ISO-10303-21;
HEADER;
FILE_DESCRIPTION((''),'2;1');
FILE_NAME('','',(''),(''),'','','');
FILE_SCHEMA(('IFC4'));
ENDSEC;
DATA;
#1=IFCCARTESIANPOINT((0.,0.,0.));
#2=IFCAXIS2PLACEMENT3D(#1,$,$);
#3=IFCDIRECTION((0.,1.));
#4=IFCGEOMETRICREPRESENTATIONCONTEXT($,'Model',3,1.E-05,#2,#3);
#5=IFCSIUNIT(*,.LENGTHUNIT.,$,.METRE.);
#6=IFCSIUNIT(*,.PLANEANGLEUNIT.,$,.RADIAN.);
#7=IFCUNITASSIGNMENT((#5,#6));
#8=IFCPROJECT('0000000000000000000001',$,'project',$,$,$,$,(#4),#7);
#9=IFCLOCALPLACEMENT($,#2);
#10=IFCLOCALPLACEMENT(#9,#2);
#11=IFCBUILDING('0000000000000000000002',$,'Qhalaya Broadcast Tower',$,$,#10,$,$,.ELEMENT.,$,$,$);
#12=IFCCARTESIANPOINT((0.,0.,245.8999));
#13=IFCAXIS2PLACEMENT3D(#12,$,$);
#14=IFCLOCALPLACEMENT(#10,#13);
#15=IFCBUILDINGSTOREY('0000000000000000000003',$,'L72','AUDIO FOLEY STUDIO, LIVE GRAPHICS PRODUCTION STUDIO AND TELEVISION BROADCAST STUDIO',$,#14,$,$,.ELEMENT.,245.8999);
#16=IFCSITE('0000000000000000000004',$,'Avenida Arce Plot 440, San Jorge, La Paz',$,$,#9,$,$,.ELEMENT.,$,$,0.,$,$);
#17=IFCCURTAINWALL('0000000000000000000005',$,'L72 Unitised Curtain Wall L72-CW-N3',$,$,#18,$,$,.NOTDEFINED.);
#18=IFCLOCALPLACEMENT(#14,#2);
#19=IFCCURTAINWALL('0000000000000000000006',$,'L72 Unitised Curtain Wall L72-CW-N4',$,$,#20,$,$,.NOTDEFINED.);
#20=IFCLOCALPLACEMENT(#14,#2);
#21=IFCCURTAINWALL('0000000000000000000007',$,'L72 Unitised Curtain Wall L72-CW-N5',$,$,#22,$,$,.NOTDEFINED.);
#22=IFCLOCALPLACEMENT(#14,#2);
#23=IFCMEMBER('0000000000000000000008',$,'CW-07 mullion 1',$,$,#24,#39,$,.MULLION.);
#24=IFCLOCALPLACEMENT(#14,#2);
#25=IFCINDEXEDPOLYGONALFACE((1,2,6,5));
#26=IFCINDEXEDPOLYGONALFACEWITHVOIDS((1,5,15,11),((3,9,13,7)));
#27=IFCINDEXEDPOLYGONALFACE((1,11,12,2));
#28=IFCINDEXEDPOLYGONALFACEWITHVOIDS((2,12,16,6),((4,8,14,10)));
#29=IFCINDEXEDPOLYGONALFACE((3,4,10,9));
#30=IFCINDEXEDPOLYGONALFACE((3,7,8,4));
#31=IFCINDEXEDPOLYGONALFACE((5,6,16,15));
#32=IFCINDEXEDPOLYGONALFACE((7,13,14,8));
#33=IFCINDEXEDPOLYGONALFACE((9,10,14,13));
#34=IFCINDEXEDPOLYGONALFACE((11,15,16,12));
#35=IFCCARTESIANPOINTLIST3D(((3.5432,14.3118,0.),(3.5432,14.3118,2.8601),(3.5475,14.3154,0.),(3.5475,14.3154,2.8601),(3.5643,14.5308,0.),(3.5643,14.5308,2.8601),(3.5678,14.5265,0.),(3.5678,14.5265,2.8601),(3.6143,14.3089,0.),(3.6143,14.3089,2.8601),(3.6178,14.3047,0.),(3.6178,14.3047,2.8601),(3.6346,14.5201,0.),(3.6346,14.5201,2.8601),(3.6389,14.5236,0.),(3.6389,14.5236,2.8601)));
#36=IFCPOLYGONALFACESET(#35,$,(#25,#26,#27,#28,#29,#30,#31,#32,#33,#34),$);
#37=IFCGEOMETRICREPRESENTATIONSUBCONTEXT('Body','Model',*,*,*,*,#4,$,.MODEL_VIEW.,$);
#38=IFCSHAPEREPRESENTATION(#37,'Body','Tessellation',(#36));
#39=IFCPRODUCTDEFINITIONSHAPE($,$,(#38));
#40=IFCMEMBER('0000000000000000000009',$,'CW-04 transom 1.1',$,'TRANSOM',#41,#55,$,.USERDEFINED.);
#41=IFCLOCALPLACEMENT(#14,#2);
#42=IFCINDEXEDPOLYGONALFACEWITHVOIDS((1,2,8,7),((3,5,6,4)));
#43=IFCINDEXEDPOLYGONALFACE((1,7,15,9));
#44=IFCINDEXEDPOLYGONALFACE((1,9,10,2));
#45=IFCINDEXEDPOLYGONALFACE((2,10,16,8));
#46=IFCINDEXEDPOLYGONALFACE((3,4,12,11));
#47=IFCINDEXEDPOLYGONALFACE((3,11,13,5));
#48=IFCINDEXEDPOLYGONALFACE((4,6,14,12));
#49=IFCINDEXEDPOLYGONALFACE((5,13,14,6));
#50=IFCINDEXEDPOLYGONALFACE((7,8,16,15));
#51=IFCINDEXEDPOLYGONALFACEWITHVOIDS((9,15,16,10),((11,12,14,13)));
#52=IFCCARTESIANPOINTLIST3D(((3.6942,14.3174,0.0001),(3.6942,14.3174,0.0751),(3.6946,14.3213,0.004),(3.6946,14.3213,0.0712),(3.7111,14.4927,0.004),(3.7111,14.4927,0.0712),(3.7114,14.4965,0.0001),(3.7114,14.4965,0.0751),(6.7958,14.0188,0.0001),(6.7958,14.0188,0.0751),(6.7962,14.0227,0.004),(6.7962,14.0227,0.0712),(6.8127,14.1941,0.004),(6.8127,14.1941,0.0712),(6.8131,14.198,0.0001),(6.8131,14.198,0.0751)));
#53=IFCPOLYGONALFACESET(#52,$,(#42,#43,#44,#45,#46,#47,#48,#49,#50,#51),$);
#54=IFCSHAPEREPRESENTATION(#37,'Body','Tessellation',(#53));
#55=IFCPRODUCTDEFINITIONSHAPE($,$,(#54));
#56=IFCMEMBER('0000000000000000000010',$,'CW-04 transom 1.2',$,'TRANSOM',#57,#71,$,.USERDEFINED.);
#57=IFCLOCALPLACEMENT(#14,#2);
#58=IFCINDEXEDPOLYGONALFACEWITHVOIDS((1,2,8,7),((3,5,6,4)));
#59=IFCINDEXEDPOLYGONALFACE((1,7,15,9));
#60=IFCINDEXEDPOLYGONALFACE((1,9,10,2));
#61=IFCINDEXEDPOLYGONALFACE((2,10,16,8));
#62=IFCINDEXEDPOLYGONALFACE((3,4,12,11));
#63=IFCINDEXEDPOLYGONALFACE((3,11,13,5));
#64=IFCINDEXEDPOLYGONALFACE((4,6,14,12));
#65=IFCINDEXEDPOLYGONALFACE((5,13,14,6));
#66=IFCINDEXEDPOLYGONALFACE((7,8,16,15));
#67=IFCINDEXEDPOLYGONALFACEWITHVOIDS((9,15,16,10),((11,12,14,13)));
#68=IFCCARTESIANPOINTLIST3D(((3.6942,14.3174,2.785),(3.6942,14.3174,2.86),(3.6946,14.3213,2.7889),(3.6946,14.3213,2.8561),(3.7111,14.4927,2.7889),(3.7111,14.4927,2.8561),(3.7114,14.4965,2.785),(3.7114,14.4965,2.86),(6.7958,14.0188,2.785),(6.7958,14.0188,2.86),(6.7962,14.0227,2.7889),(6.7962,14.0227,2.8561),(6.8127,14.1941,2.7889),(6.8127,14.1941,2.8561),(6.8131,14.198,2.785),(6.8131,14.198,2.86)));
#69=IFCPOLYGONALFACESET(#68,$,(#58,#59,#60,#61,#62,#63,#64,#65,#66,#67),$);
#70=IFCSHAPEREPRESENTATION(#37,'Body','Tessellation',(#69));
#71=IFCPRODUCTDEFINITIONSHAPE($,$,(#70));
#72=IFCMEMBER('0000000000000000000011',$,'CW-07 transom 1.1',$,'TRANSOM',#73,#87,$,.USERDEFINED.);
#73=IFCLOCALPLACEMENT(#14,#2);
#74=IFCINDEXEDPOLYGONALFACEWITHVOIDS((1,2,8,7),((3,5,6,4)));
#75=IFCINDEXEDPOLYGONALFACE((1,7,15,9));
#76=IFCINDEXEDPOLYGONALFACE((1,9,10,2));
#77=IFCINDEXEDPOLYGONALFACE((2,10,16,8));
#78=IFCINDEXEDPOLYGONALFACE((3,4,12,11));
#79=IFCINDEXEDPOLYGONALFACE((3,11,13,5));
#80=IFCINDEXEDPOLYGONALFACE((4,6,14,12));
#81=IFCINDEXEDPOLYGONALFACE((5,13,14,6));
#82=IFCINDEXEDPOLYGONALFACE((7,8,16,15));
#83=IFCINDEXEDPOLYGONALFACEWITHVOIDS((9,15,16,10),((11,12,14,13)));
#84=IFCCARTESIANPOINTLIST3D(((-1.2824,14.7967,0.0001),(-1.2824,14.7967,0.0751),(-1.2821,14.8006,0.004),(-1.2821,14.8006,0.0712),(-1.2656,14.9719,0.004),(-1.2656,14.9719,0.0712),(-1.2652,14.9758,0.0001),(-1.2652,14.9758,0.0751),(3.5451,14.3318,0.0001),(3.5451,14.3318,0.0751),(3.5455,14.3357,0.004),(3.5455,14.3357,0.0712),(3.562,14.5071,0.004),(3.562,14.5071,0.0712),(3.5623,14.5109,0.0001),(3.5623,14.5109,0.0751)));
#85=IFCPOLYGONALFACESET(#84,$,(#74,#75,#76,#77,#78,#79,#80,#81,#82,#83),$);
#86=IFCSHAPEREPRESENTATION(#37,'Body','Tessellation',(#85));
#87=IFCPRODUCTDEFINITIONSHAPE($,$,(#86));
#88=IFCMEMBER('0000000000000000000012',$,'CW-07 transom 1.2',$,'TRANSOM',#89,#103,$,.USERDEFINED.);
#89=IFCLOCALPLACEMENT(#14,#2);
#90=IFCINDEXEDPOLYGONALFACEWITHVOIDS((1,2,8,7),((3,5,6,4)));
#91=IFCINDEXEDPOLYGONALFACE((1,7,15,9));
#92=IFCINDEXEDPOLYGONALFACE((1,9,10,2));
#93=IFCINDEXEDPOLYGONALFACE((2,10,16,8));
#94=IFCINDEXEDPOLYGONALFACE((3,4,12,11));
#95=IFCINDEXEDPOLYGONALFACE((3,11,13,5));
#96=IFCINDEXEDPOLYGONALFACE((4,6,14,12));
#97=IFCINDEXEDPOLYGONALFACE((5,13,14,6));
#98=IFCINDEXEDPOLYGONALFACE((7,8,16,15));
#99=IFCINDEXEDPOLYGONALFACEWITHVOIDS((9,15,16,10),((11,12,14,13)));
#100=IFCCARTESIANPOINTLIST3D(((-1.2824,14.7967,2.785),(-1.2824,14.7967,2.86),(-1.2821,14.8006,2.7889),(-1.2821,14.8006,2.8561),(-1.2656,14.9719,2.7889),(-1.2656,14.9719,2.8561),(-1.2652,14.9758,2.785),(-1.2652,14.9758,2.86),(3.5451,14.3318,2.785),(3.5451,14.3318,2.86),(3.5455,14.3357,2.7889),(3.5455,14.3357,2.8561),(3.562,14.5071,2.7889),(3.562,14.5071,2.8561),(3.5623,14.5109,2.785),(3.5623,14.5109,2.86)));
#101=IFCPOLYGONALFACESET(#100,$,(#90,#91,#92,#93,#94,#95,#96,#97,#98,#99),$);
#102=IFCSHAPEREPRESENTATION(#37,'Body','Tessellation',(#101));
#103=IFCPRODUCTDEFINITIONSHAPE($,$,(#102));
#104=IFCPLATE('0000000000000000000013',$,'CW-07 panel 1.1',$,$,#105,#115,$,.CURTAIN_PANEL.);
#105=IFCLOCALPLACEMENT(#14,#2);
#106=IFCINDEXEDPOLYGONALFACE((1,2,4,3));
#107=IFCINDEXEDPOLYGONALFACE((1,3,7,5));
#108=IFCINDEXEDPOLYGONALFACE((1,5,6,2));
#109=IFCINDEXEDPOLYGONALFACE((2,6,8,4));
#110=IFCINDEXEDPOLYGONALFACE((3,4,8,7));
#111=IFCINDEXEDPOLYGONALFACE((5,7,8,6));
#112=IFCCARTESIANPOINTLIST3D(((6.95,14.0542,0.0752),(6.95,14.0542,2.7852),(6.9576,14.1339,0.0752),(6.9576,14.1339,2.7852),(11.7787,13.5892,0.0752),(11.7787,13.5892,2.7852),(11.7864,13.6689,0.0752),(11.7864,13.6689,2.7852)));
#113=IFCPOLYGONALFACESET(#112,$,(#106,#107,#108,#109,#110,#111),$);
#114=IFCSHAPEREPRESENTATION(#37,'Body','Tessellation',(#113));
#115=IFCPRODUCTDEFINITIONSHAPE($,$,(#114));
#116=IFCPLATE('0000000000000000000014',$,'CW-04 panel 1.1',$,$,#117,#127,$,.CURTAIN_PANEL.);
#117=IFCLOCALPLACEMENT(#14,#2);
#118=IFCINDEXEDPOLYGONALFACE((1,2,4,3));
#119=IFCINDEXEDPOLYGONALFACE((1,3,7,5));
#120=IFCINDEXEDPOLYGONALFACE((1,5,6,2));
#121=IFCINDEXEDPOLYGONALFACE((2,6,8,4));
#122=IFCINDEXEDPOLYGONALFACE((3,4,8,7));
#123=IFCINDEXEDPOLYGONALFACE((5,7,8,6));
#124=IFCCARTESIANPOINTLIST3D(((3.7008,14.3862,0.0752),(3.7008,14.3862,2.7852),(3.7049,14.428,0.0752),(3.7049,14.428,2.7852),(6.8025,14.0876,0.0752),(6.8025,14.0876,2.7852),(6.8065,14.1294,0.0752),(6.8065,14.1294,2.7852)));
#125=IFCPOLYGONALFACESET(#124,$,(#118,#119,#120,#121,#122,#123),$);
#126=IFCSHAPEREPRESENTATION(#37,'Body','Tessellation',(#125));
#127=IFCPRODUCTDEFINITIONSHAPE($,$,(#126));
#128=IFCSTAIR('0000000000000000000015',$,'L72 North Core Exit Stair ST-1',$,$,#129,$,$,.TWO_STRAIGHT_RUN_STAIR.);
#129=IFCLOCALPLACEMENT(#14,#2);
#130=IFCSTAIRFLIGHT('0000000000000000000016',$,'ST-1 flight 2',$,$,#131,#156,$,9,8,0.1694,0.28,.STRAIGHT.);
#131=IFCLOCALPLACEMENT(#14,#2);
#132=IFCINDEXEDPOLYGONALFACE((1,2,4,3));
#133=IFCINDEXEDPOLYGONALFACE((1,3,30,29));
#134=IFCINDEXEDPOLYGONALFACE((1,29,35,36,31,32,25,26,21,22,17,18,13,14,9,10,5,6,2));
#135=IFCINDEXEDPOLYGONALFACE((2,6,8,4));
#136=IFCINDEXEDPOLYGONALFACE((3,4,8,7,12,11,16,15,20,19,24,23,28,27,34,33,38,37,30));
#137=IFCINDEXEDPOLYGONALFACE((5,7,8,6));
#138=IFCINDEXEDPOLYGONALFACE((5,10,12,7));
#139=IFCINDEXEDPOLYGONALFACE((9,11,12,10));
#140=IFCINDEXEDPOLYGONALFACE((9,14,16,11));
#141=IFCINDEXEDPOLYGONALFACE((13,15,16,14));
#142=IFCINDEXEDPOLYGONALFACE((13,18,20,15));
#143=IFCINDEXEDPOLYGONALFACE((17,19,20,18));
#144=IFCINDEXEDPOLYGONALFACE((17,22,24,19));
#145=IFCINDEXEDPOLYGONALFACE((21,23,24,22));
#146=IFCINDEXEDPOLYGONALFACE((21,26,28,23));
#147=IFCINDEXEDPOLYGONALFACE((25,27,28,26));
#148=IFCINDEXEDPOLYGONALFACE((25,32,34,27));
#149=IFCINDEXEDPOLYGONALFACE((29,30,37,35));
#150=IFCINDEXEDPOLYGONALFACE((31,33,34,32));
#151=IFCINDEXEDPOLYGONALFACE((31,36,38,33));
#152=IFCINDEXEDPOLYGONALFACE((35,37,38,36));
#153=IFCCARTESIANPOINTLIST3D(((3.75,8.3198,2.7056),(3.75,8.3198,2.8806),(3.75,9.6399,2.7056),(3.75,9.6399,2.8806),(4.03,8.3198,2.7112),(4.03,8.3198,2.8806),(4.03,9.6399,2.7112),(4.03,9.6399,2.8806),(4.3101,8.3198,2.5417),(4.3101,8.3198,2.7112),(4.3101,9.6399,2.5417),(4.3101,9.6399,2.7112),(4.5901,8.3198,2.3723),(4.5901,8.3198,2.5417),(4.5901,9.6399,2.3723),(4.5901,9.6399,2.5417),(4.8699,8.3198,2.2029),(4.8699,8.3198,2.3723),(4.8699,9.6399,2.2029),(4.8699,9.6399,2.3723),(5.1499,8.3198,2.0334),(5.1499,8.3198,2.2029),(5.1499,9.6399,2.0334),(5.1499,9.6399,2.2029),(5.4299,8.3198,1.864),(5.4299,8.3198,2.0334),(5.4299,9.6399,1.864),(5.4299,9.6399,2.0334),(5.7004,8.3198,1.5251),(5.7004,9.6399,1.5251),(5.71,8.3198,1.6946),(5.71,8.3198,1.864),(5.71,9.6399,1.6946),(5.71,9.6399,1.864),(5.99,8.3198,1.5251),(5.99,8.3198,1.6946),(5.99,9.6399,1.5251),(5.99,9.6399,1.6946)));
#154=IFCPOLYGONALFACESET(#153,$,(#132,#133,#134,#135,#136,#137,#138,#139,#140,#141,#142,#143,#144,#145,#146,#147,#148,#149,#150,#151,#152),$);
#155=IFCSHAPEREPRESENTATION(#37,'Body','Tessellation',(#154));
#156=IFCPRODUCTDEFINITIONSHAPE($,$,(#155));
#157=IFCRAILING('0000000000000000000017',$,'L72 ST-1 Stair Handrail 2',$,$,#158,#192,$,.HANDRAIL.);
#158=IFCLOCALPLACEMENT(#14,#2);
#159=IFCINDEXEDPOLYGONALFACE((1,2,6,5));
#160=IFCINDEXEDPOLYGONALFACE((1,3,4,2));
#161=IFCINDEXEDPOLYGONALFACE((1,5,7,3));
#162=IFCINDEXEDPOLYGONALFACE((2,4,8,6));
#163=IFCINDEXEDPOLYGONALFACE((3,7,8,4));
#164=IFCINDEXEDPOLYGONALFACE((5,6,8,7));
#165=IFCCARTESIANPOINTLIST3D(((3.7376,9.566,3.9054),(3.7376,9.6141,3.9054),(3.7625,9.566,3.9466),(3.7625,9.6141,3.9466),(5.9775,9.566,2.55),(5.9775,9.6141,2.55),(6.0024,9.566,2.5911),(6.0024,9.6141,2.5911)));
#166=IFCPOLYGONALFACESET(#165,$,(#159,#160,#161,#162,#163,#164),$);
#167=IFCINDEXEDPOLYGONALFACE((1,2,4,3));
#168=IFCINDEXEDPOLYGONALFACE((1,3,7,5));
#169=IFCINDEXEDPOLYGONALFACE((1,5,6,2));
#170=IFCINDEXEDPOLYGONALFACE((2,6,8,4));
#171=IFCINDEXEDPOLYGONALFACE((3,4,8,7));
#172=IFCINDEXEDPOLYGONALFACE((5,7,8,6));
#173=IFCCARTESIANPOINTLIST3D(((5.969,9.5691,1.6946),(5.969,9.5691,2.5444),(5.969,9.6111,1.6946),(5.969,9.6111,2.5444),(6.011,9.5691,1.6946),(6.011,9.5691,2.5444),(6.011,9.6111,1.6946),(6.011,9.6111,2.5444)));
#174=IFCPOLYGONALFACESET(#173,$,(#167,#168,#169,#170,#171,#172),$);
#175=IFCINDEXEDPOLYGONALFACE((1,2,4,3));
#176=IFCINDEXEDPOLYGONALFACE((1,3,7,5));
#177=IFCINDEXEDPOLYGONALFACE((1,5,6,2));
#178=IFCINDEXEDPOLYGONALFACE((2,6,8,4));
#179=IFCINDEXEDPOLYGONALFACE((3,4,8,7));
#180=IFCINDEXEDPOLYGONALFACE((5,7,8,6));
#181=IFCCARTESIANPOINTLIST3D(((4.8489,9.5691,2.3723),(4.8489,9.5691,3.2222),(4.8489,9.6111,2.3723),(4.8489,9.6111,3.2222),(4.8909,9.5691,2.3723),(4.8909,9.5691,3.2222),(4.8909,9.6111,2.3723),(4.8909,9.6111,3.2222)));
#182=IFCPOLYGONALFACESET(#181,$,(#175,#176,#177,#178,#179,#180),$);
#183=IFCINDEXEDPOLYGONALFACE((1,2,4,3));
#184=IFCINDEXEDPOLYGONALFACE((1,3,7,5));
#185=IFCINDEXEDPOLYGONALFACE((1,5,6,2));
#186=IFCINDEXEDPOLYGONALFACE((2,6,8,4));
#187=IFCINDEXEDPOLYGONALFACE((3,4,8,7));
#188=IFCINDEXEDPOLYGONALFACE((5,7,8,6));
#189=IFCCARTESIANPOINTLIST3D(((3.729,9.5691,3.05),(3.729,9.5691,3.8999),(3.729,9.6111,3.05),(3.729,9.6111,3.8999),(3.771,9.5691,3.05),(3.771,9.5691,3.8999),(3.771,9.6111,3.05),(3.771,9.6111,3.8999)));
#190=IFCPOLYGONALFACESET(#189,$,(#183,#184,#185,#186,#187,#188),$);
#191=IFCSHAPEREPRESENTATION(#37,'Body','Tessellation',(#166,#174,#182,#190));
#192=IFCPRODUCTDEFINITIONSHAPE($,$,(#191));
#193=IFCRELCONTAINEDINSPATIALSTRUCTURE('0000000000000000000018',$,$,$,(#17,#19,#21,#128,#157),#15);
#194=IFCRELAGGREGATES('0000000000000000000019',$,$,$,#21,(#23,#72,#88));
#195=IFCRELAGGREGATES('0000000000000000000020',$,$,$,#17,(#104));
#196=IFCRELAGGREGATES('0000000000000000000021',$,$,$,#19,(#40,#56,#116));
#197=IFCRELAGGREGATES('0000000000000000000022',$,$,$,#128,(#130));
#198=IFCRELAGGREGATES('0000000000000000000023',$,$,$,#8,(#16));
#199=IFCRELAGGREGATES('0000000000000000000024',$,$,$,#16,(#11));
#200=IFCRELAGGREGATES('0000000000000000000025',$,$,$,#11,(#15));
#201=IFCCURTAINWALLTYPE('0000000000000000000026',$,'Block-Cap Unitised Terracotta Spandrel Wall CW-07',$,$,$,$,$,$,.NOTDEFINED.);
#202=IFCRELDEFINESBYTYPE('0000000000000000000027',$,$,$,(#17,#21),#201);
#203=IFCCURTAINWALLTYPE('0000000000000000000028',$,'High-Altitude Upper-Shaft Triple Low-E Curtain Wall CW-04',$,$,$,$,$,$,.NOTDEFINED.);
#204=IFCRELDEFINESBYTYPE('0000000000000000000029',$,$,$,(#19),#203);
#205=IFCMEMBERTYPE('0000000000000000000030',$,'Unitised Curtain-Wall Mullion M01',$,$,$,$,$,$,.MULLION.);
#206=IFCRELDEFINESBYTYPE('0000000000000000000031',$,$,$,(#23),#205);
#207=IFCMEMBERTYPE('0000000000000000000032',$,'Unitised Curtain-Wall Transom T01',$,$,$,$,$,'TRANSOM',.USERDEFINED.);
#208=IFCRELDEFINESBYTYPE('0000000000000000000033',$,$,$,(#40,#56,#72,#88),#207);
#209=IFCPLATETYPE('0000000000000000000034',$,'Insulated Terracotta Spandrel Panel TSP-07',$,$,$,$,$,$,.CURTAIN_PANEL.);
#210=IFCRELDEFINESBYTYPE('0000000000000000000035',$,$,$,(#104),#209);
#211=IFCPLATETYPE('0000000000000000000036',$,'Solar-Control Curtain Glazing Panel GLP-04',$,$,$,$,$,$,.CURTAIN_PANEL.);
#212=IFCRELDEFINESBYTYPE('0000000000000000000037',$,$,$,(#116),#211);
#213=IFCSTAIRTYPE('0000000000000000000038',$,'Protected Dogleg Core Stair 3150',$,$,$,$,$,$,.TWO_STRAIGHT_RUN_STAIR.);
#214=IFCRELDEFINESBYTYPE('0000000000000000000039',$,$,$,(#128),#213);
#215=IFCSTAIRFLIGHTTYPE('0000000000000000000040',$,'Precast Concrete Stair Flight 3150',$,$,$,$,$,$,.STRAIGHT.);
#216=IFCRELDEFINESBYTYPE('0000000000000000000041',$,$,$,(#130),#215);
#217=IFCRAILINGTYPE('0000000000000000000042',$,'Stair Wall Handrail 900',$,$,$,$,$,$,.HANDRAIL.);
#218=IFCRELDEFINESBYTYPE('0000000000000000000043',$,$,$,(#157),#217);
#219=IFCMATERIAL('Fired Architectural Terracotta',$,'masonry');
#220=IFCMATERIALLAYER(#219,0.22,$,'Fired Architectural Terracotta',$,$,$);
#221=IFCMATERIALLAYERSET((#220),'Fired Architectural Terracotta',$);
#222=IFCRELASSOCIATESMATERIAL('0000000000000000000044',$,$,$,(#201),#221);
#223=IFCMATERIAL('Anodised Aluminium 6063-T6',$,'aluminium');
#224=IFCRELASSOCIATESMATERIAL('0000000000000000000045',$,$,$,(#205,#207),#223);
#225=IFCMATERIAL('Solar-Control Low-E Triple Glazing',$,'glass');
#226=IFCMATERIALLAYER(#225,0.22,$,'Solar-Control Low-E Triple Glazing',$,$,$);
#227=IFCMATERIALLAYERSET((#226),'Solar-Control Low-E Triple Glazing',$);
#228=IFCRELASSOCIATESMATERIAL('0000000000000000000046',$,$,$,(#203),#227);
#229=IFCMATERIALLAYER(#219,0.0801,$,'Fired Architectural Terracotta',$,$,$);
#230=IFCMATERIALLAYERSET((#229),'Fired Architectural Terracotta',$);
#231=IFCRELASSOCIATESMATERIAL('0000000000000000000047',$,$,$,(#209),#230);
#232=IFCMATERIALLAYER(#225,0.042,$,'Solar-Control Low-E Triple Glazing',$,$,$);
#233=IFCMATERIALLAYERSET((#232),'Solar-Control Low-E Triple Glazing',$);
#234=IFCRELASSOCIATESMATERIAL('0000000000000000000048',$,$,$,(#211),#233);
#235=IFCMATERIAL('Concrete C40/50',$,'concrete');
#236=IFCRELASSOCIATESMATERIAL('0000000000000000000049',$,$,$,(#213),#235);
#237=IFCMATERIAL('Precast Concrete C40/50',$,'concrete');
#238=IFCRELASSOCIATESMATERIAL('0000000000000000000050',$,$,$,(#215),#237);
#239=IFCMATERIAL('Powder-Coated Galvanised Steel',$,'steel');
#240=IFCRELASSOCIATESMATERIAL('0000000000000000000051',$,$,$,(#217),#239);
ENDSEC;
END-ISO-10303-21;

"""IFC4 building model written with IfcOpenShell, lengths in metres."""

from ifc_helpers import new_model, si_unit, direction, frame, origin, origin_2d, place, context, subcontext, project, spatial, polyline, rectangle, hollow_rectangle, outline, extrude, material, layer, layer_set, material_profile, profile_set, type_object, element, aggregate, save


model = new_model("IFC4")

# Units and contexts
model_context = context("Model", 3, precision=1e-05, world=origin(), true_north=direction((0.0, 1.0)))
body_context = subcontext(model_context, "Body", "Model", "MODEL_VIEW")
ifc_project = project(units=[si_unit("LENGTHUNIT", "METRE"), si_unit("PLANEANGLEUNIT", "RADIAN")], contexts=[model_context])

# Site, building, storey
site_placement = place(None, origin())
site = spatial("IfcSite", under=ifc_project, at=site_placement, Name="Avenida Arce Plot 440, San Jorge, La Paz", CompositionType="ELEMENT", RefElevation=0.0)
building_placement = place(site_placement, origin())
building = spatial("IfcBuilding", under=site, at=building_placement, Name="Qhalaya Broadcast Tower", CompositionType="ELEMENT")
storey_placement = place(building_placement, frame((0.0, 0.0, 245.8999)))
storey = spatial("IfcBuildingStorey", under=building, at=storey_placement, Name="L72", Description="AUDIO FOLEY STUDIO, LIVE GRAPHICS PRODUCTION STUDIO AND TELEVISION BROADCAST STUDIO", CompositionType="ELEMENT", Elevation=245.8999)

# Curtain wall
ifc_material_1 = material(Name="Fired Architectural Terracotta", Category="masonry")
ifc_layer_1 = layer(ifc_material_1, 0.22, Name="Fired Architectural Terracotta")
ifc_layer_set_1 = layer_set([ifc_layer_1], Name="Fired Architectural Terracotta")
curtain_wall_type_1 = type_object("IfcCurtainWallType", Name="Block-Cap Unitised Terracotta Spandrel Wall CW-07", PredefinedType="NOTDEFINED", material=ifc_layer_set_1)
curtain_wall_1_placement = place(storey_placement, origin())
curtain_wall_1 = element("IfcCurtainWall", 1, at=curtain_wall_1_placement, inside=storey, type_object=curtain_wall_type_1, Name="L72 Unitised Curtain Wall L72-CW-N3", PredefinedType="NOTDEFINED")
ifc_material_2 = material(Name="Anodised Aluminium 6063-T6", Category="aluminium")
ifc_material_profile_1 = material_profile(ifc_material_2, hollow_rectangle(XDim=0.075, YDim=0.22, WallThickness=0.0039, at=origin_2d()), Name="ALU-MUL 75x220x4")
ifc_profile_set_1 = profile_set([ifc_material_profile_1], Name="Anodised Aluminium 6063-T6")
member_type_1 = type_object("IfcMemberType", Name="Unitised Curtain-Wall Mullion M01", PredefinedType="MULLION", material=ifc_profile_set_1)

# Curtain wall
ifc_material_3 = material(Name="Solar-Control Low-E Triple Glazing", Category="glass")
ifc_layer_2 = layer(ifc_material_3, 0.22, Name="Solar-Control Low-E Triple Glazing")
ifc_layer_set_2 = layer_set([ifc_layer_2], Name="Solar-Control Low-E Triple Glazing")
curtain_wall_type_2 = type_object("IfcCurtainWallType", Name="High-Altitude Upper-Shaft Triple Low-E Curtain Wall CW-04", PredefinedType="NOTDEFINED", material=ifc_layer_set_2)
curtain_wall_2_placement = place(storey_placement, origin())
curtain_wall_2 = element("IfcCurtainWall", 2, at=curtain_wall_2_placement, inside=storey, type_object=curtain_wall_type_2, Name="L72 Unitised Curtain Wall L72-CW-N4", PredefinedType="NOTDEFINED")

# Curtain wall, member
curtain_wall_3_placement = place(storey_placement, origin())
curtain_wall_3 = element("IfcCurtainWall", 3, at=curtain_wall_3_placement, inside=storey, type_object=curtain_wall_type_1, Name="L72 Unitised Curtain Wall L72-CW-N5", PredefinedType="NOTDEFINED")
member_1_placement = place(storey_placement, frame((3.5911, 14.4177, 0.0), z_axis=(0.0, 0.0, 1.0), x_axis=(-0.995395, 0.09586, 0.0)))
member_1 = element("IfcMember", 4, at=member_1_placement, type_object=member_type_1, Name="CW-07 mullion 1", PredefinedType="MULLION", context=body_context, shape_type="SweptSolid", body=[
    extrude(hollow_rectangle(XDim=0.075, YDim=0.22, WallThickness=0.0039, at=origin_2d()), origin(), (0.0, 0.0, 1.0), 2.8601),
])

# Members
ifc_material_profile_2 = material_profile(ifc_material_2, hollow_rectangle(XDim=0.075, YDim=0.1799, WallThickness=0.0039, at=origin_2d()), Name="ALU-TRN 75x180x4")
ifc_profile_set_2 = profile_set([ifc_material_profile_2], Name="Anodised Aluminium 6063-T6")
member_type_2 = type_object("IfcMemberType", Name="Unitised Curtain-Wall Transom T01", ElementType="TRANSOM", PredefinedType="USERDEFINED", material=ifc_profile_set_2)
member_2_placement = place(storey_placement, frame((6.8044, 14.1084, 0.0376), z_axis=(-0.995398, 0.095826, 0.0), x_axis=(0.0, 0.0, 1.0)))
member_2 = element("IfcMember", 5, at=member_2_placement, type_object=member_type_2, Name="CW-04 transom 1.1", ObjectType="TRANSOM", PredefinedType="USERDEFINED", context=body_context, shape_type="SweptSolid", body=[
    extrude(hollow_rectangle(XDim=0.075, YDim=0.1799, WallThickness=0.0039, at=origin_2d()), origin(), (0.0, 0.0, 1.0), 3.116),
])
member_3_placement = place(storey_placement, frame((6.8044, 14.1084, 2.8225), z_axis=(-0.995398, 0.095826, 0.0), x_axis=(0.0, 0.0, 1.0)))
member_3 = element("IfcMember", 6, at=member_3_placement, type_object=member_type_2, Name="CW-04 transom 1.2", ObjectType="TRANSOM", PredefinedType="USERDEFINED", context=body_context, shape_type="SweptSolid", body=[
    extrude(hollow_rectangle(XDim=0.075, YDim=0.1799, WallThickness=0.0039, at=origin_2d()), origin(), (0.0, 0.0, 1.0), 3.116),
])
member_4_placement = place(storey_placement, frame((3.5537, 14.4214, 0.0376), z_axis=(-0.995396, 0.095845, 0.0), x_axis=(0.0, 0.0, 1.0)))
member_4 = element("IfcMember", 7, at=member_4_placement, type_object=member_type_2, Name="CW-07 transom 1.1", ObjectType="TRANSOM", PredefinedType="USERDEFINED", context=body_context, shape_type="SweptSolid", body=[
    extrude(hollow_rectangle(XDim=0.075, YDim=0.1799, WallThickness=0.0039, at=origin_2d()), origin(), (0.0, 0.0, 1.0), 4.8499),
])
member_5_placement = place(storey_placement, frame((3.5537, 14.4214, 2.8225), z_axis=(-0.995396, 0.095845, 0.0), x_axis=(0.0, 0.0, 1.0)))
member_5 = element("IfcMember", 8, at=member_5_placement, type_object=member_type_2, Name="CW-07 transom 1.2", ObjectType="TRANSOM", PredefinedType="USERDEFINED", context=body_context, shape_type="SweptSolid", body=[
    extrude(hollow_rectangle(XDim=0.075, YDim=0.1799, WallThickness=0.0039, at=origin_2d()), origin(), (0.0, 0.0, 1.0), 4.8499),
])
aggregate(curtain_wall_3, [member_1, member_4, member_5])

# Plates
ifc_layer_3 = layer(ifc_material_1, 0.0801, Name="Fired Architectural Terracotta")
ifc_layer_set_3 = layer_set([ifc_layer_3], Name="Fired Architectural Terracotta")
plate_type_1 = type_object("IfcPlateType", Name="Insulated Terracotta Spandrel Panel TSP-07", PredefinedType="CURTAIN_PANEL", material=ifc_layer_set_3)
plate_1_placement = place(storey_placement, frame((9.3682, 13.8616, 0.0752), z_axis=(0.0, 0.0, 1.0), x_axis=(-0.995395, 0.09586, 0.0)))
plate_1 = element("IfcPlate", 9, at=plate_1_placement, type_object=plate_type_1, Name="CW-07 panel 1.1", PredefinedType="CURTAIN_PANEL", context=body_context, shape_type="SweptSolid", body=[
    extrude(rectangle(XDim=4.8511, YDim=0.0801, at=origin_2d()), origin(), (0.0, 0.0, 1.0), 2.71),
])
aggregate(curtain_wall_1, [plate_1])
ifc_layer_4 = layer(ifc_material_3, 0.042, Name="Solar-Control Low-E Triple Glazing")
ifc_layer_set_4 = layer_set([ifc_layer_4], Name="Solar-Control Low-E Triple Glazing")
plate_type_2 = type_object("IfcPlateType", Name="Solar-Control Curtain Glazing Panel GLP-04", PredefinedType="CURTAIN_PANEL", material=ifc_layer_set_4)
plate_2_placement = place(storey_placement, frame((5.2537, 14.2578, 0.0752), z_axis=(0.0, 0.0, 1.0), x_axis=(-0.995397, 0.095838, 0.0)))
plate_2 = element("IfcPlate", 10, at=plate_2_placement, type_object=plate_type_2, Name="CW-04 panel 1.1", PredefinedType="CURTAIN_PANEL", context=body_context, shape_type="SweptSolid", body=[
    extrude(rectangle(XDim=3.116, YDim=0.042, at=origin_2d()), origin(), (0.0, 0.0, 1.0), 2.71),
])
aggregate(curtain_wall_2, [member_2, member_3, plate_2])

# Stair, stair flight
ifc_material_4 = material(Name="Concrete C40/50", Category="concrete")
stair_type = type_object("IfcStairType", Name="Protected Dogleg Core Stair 3150", PredefinedType="TWO_STRAIGHT_RUN_STAIR", material=ifc_material_4)
stair_placement = place(storey_placement, origin())
stair = element("IfcStair", 11, at=stair_placement, inside=storey, type_object=stair_type, Name="L72 North Core Exit Stair ST-1", PredefinedType="TWO_STRAIGHT_RUN_STAIR")
ifc_material_5 = material(Name="Precast Concrete C40/50", Category="concrete")
stair_flight_type = type_object("IfcStairFlightType", Name="Precast Concrete Stair Flight 3150", PredefinedType="STRAIGHT", material=ifc_material_5)
stair_flight_placement = place(storey_placement, frame((5.99, 8.98, 1.5251), z_axis=(0.0, 0.0, 1.0), x_axis=(-1.0, 0.0, 0.0)))
stair_flight = element("IfcStairFlight", 12, at=stair_flight_placement, type_object=stair_flight_type, Name="ST-1 flight 2", NumberOfRisers=9, NumberOfTreads=8, PredefinedType="STRAIGHT", RiserHeight=0.1694, TreadLength=0.28, context=body_context, shape_type="SweptSolid", body=[
    extrude(outline(polyline([(0.0, 0.0), (0.0, 0.1694), (0.28, 0.1694), (0.28, 0.3389), (0.5601, 0.3389), (0.5601, 0.5083), (0.8401, 0.5083), (0.8401, 0.6777), (1.1201, 0.6777), (1.1201, 0.8472), (1.3999, 0.8472), (1.3999, 1.0166), (1.6799, 1.0166), (1.6799, 1.186), (1.96, 1.186), (1.96, 1.3555), (2.24, 1.3555), (2.24, 1.5249), (2.24, 1.1804), (0.2896, 0.0), (0.0, 0.0)])), frame((0.0, 0.6602, 0.0), z_axis=(0.0, -1.0, 0.0), x_axis=(1.0, 0.0, 0.0)), (0.0, 0.0, 1.0), 1.3201),
])
aggregate(stair, [stair_flight])

# Railing
ifc_material_6 = material(Name="Powder-Coated Galvanised Steel", Category="steel")
railing_type = type_object("IfcRailingType", Name="Stair Wall Handrail 900", PredefinedType="HANDRAIL", material=ifc_material_6)
railing_placement = place(storey_placement, frame((5.99, 9.5901, 1.6946)))
element("IfcRailing", 13, at=railing_placement, inside=storey, type_object=railing_type, Name="L72 ST-1 Stair Handrail 2", PredefinedType="HANDRAIL", context=body_context, shape_type="SweptSolid", body=[
    extrude(rectangle(XDim=0.0481, YDim=0.0481, at=origin_2d()), frame((0.0, 0.0, 0.876), z_axis=(-0.855553, 0.0, 0.517715), x_axis=(0.0, -1.0, 0.0)), (0.0, 0.0, 1.0), 2.6182),
    extrude(rectangle(XDim=0.042, YDim=0.042, at=origin_2d()), origin(), (0.0, 0.0, 1.0), 0.8499),
    extrude(rectangle(XDim=0.042, YDim=0.042, at=origin_2d()), frame((-1.1201, 0.0, 0.6777)), (0.0, 0.0, 1.0), 0.8499),
    extrude(rectangle(XDim=0.042, YDim=0.042, at=origin_2d()), frame((-2.24, 0.0, 1.3555)), (0.0, 0.0, 1.0), 0.8499),
])

save(model, "model.ifc")
